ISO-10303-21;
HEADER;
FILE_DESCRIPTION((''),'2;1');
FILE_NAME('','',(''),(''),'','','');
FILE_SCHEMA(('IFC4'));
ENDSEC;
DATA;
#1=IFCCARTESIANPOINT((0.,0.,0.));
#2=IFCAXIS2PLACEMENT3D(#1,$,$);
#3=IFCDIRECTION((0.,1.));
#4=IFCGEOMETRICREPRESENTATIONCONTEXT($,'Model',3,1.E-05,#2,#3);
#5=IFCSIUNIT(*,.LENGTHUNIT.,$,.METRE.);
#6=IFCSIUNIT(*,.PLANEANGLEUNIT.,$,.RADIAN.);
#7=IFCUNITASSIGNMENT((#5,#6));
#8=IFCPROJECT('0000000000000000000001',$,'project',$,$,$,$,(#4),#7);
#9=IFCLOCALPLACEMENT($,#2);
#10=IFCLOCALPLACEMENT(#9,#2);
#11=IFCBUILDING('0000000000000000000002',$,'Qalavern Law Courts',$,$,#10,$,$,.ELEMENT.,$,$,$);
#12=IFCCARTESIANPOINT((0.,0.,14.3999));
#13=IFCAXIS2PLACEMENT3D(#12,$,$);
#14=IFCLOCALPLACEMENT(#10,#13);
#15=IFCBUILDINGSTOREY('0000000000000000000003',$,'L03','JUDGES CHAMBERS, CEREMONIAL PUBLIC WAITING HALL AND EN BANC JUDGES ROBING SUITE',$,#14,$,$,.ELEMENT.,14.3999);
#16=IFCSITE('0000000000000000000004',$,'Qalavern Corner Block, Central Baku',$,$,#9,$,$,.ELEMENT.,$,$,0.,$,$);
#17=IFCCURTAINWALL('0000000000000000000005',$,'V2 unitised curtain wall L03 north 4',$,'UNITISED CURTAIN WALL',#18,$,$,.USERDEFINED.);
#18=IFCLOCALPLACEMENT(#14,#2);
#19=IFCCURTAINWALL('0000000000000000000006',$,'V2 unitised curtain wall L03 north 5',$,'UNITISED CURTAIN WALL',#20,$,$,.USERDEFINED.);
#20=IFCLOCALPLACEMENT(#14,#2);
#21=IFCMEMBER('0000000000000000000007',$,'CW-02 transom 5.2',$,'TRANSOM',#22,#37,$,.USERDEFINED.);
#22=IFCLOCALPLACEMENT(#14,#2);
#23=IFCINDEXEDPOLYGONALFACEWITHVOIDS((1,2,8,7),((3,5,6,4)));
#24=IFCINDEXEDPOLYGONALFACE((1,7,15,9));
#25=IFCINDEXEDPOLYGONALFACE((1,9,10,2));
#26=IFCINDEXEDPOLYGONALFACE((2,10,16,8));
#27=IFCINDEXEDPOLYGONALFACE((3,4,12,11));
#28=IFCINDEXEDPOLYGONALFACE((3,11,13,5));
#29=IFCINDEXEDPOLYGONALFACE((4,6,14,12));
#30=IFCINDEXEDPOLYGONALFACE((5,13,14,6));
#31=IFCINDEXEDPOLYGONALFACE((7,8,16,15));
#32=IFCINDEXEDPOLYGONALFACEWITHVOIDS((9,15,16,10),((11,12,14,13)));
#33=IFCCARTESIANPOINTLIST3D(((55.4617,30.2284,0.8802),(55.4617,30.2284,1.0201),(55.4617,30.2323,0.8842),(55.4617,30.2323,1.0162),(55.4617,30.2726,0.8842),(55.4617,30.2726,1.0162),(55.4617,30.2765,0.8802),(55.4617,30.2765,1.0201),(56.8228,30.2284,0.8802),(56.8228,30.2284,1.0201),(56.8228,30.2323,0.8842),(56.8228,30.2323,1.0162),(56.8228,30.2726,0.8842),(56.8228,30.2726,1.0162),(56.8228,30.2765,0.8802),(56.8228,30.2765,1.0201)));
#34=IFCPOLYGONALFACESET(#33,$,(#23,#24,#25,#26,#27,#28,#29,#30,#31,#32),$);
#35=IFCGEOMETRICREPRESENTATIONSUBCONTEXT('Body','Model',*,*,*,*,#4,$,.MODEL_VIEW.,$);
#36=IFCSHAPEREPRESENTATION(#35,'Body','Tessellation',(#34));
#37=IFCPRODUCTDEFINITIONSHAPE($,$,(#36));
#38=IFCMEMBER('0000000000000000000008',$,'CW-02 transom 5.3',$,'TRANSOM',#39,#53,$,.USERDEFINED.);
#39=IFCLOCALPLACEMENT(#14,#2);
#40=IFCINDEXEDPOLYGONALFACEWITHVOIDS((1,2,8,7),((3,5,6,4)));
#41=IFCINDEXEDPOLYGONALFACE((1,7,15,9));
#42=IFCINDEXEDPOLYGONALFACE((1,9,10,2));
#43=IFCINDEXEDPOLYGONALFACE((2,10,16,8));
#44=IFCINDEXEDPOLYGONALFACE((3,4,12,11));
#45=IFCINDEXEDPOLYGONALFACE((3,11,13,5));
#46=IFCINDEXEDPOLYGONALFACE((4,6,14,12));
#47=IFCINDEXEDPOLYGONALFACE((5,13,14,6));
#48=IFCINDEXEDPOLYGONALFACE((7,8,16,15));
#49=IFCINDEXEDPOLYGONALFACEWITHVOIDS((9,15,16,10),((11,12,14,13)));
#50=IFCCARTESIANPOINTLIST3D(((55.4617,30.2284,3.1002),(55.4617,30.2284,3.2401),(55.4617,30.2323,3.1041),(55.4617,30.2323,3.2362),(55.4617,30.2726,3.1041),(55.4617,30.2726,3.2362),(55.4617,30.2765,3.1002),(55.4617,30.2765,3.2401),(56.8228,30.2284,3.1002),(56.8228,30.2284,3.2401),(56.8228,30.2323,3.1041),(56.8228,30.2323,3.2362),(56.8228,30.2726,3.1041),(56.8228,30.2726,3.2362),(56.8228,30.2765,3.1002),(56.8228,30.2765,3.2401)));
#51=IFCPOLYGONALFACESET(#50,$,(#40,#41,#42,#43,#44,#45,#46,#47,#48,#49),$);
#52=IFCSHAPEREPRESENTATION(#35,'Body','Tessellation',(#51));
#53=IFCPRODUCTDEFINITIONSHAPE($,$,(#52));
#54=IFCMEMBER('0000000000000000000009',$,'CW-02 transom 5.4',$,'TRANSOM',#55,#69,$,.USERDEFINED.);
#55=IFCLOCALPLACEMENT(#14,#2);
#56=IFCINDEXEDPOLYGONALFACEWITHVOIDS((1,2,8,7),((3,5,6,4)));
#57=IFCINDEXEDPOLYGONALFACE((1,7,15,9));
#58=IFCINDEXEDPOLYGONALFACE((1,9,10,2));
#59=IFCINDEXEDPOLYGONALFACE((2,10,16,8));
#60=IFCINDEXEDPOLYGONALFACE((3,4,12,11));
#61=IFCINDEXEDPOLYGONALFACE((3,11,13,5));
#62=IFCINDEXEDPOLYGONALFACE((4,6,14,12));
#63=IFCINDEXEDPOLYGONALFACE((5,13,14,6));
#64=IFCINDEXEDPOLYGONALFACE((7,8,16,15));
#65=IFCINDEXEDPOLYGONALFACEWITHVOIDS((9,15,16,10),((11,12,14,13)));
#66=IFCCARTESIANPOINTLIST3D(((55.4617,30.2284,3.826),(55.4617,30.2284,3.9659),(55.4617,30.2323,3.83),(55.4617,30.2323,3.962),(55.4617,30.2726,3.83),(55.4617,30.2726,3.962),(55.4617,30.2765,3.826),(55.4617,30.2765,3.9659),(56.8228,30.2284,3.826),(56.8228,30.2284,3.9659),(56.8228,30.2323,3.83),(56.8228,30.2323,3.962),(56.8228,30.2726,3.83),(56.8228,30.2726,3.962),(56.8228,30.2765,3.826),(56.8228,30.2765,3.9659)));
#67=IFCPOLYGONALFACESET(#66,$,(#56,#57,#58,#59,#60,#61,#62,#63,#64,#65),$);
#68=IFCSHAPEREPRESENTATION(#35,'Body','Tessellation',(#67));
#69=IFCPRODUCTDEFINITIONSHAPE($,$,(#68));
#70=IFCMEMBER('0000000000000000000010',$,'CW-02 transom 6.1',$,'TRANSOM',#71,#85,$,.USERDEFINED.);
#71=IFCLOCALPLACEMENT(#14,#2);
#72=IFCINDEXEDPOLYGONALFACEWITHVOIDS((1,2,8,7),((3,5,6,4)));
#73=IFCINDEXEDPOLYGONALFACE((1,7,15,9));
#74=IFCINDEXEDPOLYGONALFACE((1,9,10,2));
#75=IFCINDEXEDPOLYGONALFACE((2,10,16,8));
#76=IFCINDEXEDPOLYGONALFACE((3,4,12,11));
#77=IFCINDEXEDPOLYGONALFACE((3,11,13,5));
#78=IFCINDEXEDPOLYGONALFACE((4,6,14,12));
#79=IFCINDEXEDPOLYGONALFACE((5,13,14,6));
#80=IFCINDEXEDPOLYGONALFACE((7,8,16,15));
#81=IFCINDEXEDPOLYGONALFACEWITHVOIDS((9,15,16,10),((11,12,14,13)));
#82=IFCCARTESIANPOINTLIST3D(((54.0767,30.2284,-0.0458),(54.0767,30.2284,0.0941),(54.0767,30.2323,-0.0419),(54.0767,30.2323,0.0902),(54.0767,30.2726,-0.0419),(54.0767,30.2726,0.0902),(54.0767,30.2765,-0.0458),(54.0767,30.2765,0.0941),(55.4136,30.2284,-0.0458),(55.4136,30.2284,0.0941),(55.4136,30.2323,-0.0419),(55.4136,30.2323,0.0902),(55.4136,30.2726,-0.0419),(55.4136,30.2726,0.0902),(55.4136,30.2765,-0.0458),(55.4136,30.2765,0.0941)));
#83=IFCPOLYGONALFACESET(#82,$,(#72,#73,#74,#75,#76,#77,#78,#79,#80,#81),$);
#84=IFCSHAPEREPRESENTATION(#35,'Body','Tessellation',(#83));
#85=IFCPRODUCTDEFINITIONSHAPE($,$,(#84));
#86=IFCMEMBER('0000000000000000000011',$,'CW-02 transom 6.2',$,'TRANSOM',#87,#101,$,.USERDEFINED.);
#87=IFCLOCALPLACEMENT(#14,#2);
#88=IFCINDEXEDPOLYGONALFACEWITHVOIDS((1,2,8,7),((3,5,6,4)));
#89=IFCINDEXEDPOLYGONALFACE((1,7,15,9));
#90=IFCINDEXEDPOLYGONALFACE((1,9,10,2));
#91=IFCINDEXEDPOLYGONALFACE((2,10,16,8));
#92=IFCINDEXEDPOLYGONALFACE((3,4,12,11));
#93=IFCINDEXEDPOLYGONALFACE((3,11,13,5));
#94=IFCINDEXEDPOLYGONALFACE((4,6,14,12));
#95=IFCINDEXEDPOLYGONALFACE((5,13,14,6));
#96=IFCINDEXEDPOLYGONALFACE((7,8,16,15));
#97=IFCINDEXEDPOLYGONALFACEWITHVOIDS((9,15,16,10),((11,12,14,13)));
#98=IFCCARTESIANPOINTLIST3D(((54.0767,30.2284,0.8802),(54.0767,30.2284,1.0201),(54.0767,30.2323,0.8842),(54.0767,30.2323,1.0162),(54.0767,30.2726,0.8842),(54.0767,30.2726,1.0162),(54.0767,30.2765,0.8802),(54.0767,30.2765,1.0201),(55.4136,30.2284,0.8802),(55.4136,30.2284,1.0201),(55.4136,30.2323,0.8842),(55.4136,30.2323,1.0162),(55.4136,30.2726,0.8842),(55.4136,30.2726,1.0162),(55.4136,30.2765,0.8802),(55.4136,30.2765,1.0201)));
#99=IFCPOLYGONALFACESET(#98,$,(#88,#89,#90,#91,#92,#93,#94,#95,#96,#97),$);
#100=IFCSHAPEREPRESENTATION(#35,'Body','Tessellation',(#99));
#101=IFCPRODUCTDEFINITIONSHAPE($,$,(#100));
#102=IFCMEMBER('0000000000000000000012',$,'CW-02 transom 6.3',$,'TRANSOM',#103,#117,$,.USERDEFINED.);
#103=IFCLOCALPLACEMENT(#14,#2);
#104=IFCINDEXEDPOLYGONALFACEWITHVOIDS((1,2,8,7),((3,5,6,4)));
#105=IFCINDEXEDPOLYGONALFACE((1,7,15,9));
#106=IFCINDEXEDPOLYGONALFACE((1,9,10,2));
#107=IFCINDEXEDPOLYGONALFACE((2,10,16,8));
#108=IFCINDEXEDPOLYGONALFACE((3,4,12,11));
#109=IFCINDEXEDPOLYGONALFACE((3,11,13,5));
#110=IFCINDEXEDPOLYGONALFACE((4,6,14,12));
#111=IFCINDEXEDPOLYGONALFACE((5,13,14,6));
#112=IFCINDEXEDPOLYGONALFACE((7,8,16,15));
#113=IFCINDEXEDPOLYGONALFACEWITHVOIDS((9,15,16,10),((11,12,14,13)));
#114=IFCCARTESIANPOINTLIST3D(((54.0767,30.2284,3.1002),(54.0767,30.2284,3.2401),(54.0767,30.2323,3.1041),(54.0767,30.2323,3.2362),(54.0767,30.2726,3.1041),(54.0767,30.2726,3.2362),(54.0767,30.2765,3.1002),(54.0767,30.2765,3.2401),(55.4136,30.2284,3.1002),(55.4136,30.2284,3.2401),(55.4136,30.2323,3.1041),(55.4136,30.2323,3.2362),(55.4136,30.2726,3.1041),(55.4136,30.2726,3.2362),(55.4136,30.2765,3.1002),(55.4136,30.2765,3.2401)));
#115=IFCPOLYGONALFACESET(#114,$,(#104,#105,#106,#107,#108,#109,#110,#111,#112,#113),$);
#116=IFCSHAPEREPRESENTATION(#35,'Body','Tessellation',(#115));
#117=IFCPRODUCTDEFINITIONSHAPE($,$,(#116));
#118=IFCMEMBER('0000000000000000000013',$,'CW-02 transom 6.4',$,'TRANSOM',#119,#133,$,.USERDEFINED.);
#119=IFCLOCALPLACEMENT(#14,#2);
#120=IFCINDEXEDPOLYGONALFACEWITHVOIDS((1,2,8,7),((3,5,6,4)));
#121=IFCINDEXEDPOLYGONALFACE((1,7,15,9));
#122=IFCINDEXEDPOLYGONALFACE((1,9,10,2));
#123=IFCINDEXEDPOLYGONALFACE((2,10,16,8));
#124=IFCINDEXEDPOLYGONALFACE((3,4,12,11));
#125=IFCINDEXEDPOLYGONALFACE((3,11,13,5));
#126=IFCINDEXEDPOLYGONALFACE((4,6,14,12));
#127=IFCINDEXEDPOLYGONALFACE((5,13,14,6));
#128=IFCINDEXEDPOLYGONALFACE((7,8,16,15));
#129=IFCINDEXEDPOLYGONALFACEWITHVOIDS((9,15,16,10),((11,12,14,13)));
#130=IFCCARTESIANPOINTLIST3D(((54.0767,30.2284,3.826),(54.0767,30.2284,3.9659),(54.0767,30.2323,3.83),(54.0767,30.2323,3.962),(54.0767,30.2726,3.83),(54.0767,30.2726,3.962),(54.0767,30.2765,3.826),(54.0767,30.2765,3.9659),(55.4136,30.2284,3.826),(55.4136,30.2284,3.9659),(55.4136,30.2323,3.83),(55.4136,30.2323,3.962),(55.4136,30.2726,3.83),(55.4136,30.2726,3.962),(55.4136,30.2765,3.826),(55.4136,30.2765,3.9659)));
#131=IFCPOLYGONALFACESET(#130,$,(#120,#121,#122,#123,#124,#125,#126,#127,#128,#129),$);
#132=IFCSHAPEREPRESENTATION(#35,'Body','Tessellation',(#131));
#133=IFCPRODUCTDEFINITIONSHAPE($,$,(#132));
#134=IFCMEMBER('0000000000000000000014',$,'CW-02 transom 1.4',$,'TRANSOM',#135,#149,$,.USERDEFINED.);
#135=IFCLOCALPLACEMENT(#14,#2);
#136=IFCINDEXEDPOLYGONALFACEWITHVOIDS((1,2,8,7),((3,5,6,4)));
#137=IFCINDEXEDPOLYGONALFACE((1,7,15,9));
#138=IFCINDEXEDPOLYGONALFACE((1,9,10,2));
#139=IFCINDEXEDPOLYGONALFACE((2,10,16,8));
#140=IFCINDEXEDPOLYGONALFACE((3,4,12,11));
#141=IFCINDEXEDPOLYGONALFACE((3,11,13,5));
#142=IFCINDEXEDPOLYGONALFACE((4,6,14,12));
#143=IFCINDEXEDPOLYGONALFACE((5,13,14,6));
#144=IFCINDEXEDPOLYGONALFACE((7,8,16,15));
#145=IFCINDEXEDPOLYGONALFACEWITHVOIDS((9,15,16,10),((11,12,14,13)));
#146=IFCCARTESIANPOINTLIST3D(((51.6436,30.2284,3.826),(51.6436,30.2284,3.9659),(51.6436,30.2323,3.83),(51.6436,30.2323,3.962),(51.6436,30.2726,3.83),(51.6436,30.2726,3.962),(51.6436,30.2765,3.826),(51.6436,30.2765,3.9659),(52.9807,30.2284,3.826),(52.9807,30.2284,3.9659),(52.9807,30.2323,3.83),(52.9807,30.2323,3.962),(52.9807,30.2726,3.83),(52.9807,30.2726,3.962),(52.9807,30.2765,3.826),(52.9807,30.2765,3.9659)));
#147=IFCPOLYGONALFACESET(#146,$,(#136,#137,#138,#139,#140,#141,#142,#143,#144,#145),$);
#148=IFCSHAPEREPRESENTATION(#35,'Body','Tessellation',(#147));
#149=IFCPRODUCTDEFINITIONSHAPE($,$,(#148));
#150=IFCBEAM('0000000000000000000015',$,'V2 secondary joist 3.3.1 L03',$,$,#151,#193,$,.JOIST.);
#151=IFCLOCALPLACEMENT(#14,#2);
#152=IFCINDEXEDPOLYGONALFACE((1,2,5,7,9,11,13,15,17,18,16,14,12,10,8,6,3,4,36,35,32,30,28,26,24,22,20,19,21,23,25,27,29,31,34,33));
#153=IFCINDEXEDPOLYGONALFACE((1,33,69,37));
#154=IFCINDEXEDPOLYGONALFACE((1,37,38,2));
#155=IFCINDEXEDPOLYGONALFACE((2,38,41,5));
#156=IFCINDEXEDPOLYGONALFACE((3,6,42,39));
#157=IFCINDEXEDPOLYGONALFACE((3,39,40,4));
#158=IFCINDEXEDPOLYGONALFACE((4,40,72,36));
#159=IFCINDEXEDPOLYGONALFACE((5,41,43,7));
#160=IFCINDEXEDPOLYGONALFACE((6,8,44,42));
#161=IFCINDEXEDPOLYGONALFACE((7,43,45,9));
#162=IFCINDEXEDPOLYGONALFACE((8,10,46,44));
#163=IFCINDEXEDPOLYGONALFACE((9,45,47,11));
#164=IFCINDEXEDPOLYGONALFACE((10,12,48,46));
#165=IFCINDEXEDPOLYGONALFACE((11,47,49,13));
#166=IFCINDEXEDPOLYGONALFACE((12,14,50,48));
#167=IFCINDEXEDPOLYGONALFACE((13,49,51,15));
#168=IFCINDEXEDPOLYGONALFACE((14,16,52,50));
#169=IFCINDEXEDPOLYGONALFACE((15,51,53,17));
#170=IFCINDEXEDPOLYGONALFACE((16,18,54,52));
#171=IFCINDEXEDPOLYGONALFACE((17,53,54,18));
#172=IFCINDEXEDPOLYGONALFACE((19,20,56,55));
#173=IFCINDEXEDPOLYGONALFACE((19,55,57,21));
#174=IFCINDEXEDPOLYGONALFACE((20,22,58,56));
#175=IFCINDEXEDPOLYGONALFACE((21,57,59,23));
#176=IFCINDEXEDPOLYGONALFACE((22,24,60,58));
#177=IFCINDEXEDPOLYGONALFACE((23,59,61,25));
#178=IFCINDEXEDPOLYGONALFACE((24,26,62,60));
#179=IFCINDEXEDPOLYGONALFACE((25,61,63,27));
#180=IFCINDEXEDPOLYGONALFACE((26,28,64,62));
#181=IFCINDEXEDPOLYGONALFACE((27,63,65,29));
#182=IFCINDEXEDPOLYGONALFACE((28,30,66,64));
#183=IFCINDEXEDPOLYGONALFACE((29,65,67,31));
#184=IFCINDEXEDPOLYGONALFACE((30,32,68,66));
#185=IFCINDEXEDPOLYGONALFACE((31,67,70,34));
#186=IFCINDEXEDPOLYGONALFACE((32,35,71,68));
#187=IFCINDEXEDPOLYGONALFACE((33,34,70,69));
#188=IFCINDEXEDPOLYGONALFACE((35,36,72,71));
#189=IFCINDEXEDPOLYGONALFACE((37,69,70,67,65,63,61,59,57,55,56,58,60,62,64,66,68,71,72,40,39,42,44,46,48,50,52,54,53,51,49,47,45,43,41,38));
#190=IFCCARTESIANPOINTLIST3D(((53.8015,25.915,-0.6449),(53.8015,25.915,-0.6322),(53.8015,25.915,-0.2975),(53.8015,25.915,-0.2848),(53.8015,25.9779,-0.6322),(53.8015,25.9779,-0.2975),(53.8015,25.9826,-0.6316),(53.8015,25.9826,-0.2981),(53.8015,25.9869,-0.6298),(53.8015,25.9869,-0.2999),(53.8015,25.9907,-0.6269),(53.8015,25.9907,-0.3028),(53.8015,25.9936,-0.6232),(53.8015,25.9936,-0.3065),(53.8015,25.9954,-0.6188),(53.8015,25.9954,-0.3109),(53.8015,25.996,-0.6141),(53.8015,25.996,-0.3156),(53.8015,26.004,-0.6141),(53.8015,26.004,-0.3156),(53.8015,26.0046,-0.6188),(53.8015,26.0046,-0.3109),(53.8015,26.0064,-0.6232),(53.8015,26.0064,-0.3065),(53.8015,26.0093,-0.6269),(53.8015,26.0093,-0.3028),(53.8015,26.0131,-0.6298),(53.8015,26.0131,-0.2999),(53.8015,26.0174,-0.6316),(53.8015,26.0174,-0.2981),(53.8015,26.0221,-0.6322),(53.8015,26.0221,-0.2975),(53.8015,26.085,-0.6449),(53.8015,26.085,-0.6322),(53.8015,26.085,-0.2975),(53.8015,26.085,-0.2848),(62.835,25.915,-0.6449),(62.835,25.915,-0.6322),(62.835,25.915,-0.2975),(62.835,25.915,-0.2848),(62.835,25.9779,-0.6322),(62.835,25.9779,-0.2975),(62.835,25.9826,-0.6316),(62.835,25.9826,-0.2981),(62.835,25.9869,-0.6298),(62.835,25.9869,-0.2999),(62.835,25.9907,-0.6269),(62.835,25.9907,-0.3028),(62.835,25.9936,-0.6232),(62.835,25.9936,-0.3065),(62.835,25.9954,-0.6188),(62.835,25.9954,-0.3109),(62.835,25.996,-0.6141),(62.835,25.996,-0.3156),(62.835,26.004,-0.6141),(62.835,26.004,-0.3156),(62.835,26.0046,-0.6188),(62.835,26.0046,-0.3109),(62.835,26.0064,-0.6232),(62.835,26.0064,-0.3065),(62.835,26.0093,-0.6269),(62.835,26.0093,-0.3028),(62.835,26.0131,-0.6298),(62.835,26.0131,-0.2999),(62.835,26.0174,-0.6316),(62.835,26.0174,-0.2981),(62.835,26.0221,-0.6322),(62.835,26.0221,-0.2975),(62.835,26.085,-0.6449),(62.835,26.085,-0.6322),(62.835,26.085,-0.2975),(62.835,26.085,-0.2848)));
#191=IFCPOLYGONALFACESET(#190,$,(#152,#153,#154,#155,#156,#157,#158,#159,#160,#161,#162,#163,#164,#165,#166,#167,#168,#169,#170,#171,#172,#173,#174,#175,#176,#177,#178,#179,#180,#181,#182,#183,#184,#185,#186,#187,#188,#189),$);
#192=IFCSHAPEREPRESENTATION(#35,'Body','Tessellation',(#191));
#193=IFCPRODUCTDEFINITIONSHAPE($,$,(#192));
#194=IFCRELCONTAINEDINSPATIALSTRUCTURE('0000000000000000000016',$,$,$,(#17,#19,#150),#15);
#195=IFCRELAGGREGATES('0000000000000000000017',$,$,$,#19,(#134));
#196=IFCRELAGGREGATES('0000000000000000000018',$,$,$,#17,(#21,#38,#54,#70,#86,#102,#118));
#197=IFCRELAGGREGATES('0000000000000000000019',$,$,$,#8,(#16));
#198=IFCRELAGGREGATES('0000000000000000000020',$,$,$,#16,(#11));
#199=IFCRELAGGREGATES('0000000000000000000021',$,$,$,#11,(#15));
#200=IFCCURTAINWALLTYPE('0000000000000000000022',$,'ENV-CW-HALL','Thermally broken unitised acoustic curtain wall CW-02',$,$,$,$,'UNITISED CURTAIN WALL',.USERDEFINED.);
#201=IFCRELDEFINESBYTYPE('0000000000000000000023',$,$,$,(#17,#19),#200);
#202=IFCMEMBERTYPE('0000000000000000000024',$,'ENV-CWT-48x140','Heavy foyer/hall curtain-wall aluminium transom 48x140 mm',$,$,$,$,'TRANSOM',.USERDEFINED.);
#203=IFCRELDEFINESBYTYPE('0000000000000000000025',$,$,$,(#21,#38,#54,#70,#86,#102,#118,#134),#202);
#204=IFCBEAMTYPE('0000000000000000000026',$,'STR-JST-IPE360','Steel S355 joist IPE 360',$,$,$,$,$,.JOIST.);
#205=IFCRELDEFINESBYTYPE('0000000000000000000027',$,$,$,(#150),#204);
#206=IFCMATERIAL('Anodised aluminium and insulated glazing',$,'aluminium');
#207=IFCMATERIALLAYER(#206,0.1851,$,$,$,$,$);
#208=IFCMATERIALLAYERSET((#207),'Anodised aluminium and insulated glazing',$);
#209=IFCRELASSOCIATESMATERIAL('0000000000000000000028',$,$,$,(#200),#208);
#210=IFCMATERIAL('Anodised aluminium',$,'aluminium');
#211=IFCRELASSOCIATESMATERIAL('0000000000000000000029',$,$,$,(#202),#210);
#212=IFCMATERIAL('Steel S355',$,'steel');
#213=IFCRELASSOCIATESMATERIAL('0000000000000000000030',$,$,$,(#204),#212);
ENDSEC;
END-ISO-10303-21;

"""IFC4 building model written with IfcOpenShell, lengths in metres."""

from ifc_helpers import new_model, si_unit, direction, frame, origin, origin_2d, place, context, subcontext, project, spatial, hollow_rectangle, i_section, extrude, material, layer, layer_set, material_profile, profile_set, type_object, element, aggregate, save


model = new_model("IFC4")

# Units and contexts
model_context = context("Model", 3, precision=1e-05, world=origin(), true_north=direction((0.0, 1.0)))
body_context = subcontext(model_context, "Body", "Model", "MODEL_VIEW")
ifc_project = project(units=[si_unit("LENGTHUNIT", "METRE"), si_unit("PLANEANGLEUNIT", "RADIAN")], contexts=[model_context])

# Site, building, storey
site_placement = place(None, origin())
site = spatial("IfcSite", under=ifc_project, at=site_placement, Name="Qalavern Corner Block, Central Baku", CompositionType="ELEMENT", RefElevation=0.0)
building_placement = place(site_placement, origin())
building = spatial("IfcBuilding", under=site, at=building_placement, Name="Qalavern Law Courts", CompositionType="ELEMENT")
storey_placement = place(building_placement, frame((0.0, 0.0, 14.3999)))
storey = spatial("IfcBuildingStorey", under=building, at=storey_placement, Name="L03", Description="JUDGES CHAMBERS, CEREMONIAL PUBLIC WAITING HALL AND EN BANC JUDGES ROBING SUITE", CompositionType="ELEMENT", Elevation=14.3999)

# Curtain wall
ifc_material_1 = material(Name="Anodised aluminium and insulated glazing", Category="aluminium")
ifc_layer_1 = layer(ifc_material_1, 0.1851)
ifc_layer_set_1 = layer_set([ifc_layer_1], Name="Anodised aluminium and insulated glazing")
curtain_wall_type = type_object("IfcCurtainWallType", Name="ENV-CW-HALL", Description="Thermally broken unitised acoustic curtain wall CW-02", ElementType="UNITISED CURTAIN WALL", PredefinedType="USERDEFINED", material=ifc_layer_set_1)
curtain_wall_1_placement = place(storey_placement, origin())
curtain_wall_1 = element("IfcCurtainWall", 1, at=curtain_wall_1_placement, inside=storey, type_object=curtain_wall_type, Name="V2 unitised curtain wall L03 north 4", ObjectType="UNITISED CURTAIN WALL", PredefinedType="USERDEFINED")
ifc_material_2 = material(Name="Anodised aluminium", Category="aluminium")

# Curtain wall
curtain_wall_2_placement = place(storey_placement, origin())
curtain_wall_2 = element("IfcCurtainWall", 2, at=curtain_wall_2_placement, inside=storey, type_object=curtain_wall_type, Name="V2 unitised curtain wall L03 north 5", ObjectType="UNITISED CURTAIN WALL", PredefinedType="USERDEFINED")

# Members
ifc_material_profile_1 = material_profile(ifc_material_2, hollow_rectangle(XDim=0.0481, YDim=0.1399, WallThickness=0.0039, at=origin_2d()), Name="ALU TRANSOM 48x140")
ifc_profile_set_1 = profile_set([ifc_material_profile_1], Name="Anodised aluminium")
member_type_1 = type_object("IfcMemberType", Name="ENV-CWT-48x140", Description="Heavy foyer/hall curtain-wall aluminium transom 48x140 mm", ElementType="TRANSOM", PredefinedType="USERDEFINED", material=ifc_profile_set_1)
member_1_placement = place(storey_placement, frame((56.8228, 30.2524, 0.9502), z_axis=(-1.0, 0.0, 0.0), x_axis=(0.0, -1.0, 0.0)))
member_1 = element("IfcMember", 3, at=member_1_placement, type_object=member_type_1, Name="CW-02 transom 5.2", ObjectType="TRANSOM", PredefinedType="USERDEFINED", context=body_context, shape_type="SweptSolid", body=[
    extrude(hollow_rectangle(XDim=0.0481, YDim=0.1399, WallThickness=0.0039, at=origin_2d()), origin(), (0.0, 0.0, 1.0), 1.3611),
])
member_2_placement = place(storey_placement, frame((56.8228, 30.2524, 3.1702), z_axis=(-1.0, 0.0, 0.0), x_axis=(0.0, -1.0, 0.0)))
member_2 = element("IfcMember", 4, at=member_2_placement, type_object=member_type_1, Name="CW-02 transom 5.3", ObjectType="TRANSOM", PredefinedType="USERDEFINED", context=body_context, shape_type="SweptSolid", body=[
    extrude(hollow_rectangle(XDim=0.0481, YDim=0.1399, WallThickness=0.0039, at=origin_2d()), origin(), (0.0, 0.0, 1.0), 1.3611),
])
member_3_placement = place(storey_placement, frame((56.8228, 30.2524, 3.896), z_axis=(-1.0, 0.0, 0.0), x_axis=(0.0, -1.0, 0.0)))
member_3 = element("IfcMember", 5, at=member_3_placement, type_object=member_type_1, Name="CW-02 transom 5.4", ObjectType="TRANSOM", PredefinedType="USERDEFINED", context=body_context, shape_type="SweptSolid", body=[
    extrude(hollow_rectangle(XDim=0.0481, YDim=0.1399, WallThickness=0.0039, at=origin_2d()), origin(), (0.0, 0.0, 1.0), 1.3611),
])
member_4_placement = place(storey_placement, frame((55.4136, 30.2524, 0.0242), z_axis=(-1.0, 0.0, 0.0), x_axis=(0.0, -1.0, 0.0)))
member_4 = element("IfcMember", 6, at=member_4_placement, type_object=member_type_1, Name="CW-02 transom 6.1", ObjectType="TRANSOM", PredefinedType="USERDEFINED", context=body_context, shape_type="SweptSolid", body=[
    extrude(hollow_rectangle(XDim=0.0481, YDim=0.1399, WallThickness=0.0039, at=origin_2d()), origin(), (0.0, 0.0, 1.0), 1.3369),
])
member_5_placement = place(storey_placement, frame((55.4136, 30.2524, 0.9502), z_axis=(-1.0, 0.0, 0.0), x_axis=(0.0, -1.0, 0.0)))
member_5 = element("IfcMember", 7, at=member_5_placement, type_object=member_type_1, Name="CW-02 transom 6.2", ObjectType="TRANSOM", PredefinedType="USERDEFINED", context=body_context, shape_type="SweptSolid", body=[
    extrude(hollow_rectangle(XDim=0.0481, YDim=0.1399, WallThickness=0.0039, at=origin_2d()), origin(), (0.0, 0.0, 1.0), 1.3369),
])
member_6_placement = place(storey_placement, frame((55.4136, 30.2524, 3.1702), z_axis=(-1.0, 0.0, 0.0), x_axis=(0.0, -1.0, 0.0)))
member_6 = element("IfcMember", 8, at=member_6_placement, type_object=member_type_1, Name="CW-02 transom 6.3", ObjectType="TRANSOM", PredefinedType="USERDEFINED", context=body_context, shape_type="SweptSolid", body=[
    extrude(hollow_rectangle(XDim=0.0481, YDim=0.1399, WallThickness=0.0039, at=origin_2d()), origin(), (0.0, 0.0, 1.0), 1.3369),
])
member_7_placement = place(storey_placement, frame((55.4136, 30.2524, 3.896), z_axis=(-1.0, 0.0, 0.0), x_axis=(0.0, -1.0, 0.0)))
member_7 = element("IfcMember", 9, at=member_7_placement, type_object=member_type_1, Name="CW-02 transom 6.4", ObjectType="TRANSOM", PredefinedType="USERDEFINED", context=body_context, shape_type="SweptSolid", body=[
    extrude(hollow_rectangle(XDim=0.0481, YDim=0.1399, WallThickness=0.0039, at=origin_2d()), origin(), (0.0, 0.0, 1.0), 1.3369),
])
member_8_placement = place(storey_placement, frame((52.9807, 30.2524, 3.896), z_axis=(-1.0, 0.0, 0.0), x_axis=(0.0, -1.0, 0.0)))
member_8 = element("IfcMember", 10, at=member_8_placement, type_object=member_type_1, Name="CW-02 transom 1.4", ObjectType="TRANSOM", PredefinedType="USERDEFINED", context=body_context, shape_type="SweptSolid", body=[
    extrude(hollow_rectangle(XDim=0.0481, YDim=0.1399, WallThickness=0.0039, at=origin_2d()), origin(), (0.0, 0.0, 1.0), 1.3372),
])
aggregate(curtain_wall_2, [member_8])

# Beam
ifc_material_3 = material(Name="Steel S355", Category="steel")
ifc_material_profile_2 = material_profile(ifc_material_3, i_section(OverallWidth=0.1699, OverallDepth=0.3601, WebThickness=0.0081, FlangeThickness=0.0127, FilletRadius=0.0181, at=origin_2d()), Name="IPE 360")
ifc_profile_set_2 = profile_set([ifc_material_profile_2], Name="Steel S355")
beam_type_1 = type_object("IfcBeamType", Name="STR-JST-IPE360", Description="Steel S355 joist IPE 360", PredefinedType="JOIST", material=ifc_profile_set_2)
beam_1_placement = place(storey_placement, frame((53.8015, 26.0, -0.4648), z_axis=(1.0, 0.0, 0.0), x_axis=(0.0, 1.0, 0.0)))
element("IfcBeam", 11, at=beam_1_placement, inside=storey, type_object=beam_type_1, Name="V2 secondary joist 3.3.1 L03", PredefinedType="JOIST", context=body_context, shape_type="SweptSolid", body=[
    extrude(i_section(OverallWidth=0.1699, OverallDepth=0.3601, WebThickness=0.0081, FlangeThickness=0.0127, FilletRadius=0.0181, at=origin_2d()), origin(), (0.0, 0.0, 1.0), 9.0334),
])

aggregate(curtain_wall_1, [member_1, member_2, member_3, member_4, member_5, member_6, member_7])

save(model, "model.ifc")
